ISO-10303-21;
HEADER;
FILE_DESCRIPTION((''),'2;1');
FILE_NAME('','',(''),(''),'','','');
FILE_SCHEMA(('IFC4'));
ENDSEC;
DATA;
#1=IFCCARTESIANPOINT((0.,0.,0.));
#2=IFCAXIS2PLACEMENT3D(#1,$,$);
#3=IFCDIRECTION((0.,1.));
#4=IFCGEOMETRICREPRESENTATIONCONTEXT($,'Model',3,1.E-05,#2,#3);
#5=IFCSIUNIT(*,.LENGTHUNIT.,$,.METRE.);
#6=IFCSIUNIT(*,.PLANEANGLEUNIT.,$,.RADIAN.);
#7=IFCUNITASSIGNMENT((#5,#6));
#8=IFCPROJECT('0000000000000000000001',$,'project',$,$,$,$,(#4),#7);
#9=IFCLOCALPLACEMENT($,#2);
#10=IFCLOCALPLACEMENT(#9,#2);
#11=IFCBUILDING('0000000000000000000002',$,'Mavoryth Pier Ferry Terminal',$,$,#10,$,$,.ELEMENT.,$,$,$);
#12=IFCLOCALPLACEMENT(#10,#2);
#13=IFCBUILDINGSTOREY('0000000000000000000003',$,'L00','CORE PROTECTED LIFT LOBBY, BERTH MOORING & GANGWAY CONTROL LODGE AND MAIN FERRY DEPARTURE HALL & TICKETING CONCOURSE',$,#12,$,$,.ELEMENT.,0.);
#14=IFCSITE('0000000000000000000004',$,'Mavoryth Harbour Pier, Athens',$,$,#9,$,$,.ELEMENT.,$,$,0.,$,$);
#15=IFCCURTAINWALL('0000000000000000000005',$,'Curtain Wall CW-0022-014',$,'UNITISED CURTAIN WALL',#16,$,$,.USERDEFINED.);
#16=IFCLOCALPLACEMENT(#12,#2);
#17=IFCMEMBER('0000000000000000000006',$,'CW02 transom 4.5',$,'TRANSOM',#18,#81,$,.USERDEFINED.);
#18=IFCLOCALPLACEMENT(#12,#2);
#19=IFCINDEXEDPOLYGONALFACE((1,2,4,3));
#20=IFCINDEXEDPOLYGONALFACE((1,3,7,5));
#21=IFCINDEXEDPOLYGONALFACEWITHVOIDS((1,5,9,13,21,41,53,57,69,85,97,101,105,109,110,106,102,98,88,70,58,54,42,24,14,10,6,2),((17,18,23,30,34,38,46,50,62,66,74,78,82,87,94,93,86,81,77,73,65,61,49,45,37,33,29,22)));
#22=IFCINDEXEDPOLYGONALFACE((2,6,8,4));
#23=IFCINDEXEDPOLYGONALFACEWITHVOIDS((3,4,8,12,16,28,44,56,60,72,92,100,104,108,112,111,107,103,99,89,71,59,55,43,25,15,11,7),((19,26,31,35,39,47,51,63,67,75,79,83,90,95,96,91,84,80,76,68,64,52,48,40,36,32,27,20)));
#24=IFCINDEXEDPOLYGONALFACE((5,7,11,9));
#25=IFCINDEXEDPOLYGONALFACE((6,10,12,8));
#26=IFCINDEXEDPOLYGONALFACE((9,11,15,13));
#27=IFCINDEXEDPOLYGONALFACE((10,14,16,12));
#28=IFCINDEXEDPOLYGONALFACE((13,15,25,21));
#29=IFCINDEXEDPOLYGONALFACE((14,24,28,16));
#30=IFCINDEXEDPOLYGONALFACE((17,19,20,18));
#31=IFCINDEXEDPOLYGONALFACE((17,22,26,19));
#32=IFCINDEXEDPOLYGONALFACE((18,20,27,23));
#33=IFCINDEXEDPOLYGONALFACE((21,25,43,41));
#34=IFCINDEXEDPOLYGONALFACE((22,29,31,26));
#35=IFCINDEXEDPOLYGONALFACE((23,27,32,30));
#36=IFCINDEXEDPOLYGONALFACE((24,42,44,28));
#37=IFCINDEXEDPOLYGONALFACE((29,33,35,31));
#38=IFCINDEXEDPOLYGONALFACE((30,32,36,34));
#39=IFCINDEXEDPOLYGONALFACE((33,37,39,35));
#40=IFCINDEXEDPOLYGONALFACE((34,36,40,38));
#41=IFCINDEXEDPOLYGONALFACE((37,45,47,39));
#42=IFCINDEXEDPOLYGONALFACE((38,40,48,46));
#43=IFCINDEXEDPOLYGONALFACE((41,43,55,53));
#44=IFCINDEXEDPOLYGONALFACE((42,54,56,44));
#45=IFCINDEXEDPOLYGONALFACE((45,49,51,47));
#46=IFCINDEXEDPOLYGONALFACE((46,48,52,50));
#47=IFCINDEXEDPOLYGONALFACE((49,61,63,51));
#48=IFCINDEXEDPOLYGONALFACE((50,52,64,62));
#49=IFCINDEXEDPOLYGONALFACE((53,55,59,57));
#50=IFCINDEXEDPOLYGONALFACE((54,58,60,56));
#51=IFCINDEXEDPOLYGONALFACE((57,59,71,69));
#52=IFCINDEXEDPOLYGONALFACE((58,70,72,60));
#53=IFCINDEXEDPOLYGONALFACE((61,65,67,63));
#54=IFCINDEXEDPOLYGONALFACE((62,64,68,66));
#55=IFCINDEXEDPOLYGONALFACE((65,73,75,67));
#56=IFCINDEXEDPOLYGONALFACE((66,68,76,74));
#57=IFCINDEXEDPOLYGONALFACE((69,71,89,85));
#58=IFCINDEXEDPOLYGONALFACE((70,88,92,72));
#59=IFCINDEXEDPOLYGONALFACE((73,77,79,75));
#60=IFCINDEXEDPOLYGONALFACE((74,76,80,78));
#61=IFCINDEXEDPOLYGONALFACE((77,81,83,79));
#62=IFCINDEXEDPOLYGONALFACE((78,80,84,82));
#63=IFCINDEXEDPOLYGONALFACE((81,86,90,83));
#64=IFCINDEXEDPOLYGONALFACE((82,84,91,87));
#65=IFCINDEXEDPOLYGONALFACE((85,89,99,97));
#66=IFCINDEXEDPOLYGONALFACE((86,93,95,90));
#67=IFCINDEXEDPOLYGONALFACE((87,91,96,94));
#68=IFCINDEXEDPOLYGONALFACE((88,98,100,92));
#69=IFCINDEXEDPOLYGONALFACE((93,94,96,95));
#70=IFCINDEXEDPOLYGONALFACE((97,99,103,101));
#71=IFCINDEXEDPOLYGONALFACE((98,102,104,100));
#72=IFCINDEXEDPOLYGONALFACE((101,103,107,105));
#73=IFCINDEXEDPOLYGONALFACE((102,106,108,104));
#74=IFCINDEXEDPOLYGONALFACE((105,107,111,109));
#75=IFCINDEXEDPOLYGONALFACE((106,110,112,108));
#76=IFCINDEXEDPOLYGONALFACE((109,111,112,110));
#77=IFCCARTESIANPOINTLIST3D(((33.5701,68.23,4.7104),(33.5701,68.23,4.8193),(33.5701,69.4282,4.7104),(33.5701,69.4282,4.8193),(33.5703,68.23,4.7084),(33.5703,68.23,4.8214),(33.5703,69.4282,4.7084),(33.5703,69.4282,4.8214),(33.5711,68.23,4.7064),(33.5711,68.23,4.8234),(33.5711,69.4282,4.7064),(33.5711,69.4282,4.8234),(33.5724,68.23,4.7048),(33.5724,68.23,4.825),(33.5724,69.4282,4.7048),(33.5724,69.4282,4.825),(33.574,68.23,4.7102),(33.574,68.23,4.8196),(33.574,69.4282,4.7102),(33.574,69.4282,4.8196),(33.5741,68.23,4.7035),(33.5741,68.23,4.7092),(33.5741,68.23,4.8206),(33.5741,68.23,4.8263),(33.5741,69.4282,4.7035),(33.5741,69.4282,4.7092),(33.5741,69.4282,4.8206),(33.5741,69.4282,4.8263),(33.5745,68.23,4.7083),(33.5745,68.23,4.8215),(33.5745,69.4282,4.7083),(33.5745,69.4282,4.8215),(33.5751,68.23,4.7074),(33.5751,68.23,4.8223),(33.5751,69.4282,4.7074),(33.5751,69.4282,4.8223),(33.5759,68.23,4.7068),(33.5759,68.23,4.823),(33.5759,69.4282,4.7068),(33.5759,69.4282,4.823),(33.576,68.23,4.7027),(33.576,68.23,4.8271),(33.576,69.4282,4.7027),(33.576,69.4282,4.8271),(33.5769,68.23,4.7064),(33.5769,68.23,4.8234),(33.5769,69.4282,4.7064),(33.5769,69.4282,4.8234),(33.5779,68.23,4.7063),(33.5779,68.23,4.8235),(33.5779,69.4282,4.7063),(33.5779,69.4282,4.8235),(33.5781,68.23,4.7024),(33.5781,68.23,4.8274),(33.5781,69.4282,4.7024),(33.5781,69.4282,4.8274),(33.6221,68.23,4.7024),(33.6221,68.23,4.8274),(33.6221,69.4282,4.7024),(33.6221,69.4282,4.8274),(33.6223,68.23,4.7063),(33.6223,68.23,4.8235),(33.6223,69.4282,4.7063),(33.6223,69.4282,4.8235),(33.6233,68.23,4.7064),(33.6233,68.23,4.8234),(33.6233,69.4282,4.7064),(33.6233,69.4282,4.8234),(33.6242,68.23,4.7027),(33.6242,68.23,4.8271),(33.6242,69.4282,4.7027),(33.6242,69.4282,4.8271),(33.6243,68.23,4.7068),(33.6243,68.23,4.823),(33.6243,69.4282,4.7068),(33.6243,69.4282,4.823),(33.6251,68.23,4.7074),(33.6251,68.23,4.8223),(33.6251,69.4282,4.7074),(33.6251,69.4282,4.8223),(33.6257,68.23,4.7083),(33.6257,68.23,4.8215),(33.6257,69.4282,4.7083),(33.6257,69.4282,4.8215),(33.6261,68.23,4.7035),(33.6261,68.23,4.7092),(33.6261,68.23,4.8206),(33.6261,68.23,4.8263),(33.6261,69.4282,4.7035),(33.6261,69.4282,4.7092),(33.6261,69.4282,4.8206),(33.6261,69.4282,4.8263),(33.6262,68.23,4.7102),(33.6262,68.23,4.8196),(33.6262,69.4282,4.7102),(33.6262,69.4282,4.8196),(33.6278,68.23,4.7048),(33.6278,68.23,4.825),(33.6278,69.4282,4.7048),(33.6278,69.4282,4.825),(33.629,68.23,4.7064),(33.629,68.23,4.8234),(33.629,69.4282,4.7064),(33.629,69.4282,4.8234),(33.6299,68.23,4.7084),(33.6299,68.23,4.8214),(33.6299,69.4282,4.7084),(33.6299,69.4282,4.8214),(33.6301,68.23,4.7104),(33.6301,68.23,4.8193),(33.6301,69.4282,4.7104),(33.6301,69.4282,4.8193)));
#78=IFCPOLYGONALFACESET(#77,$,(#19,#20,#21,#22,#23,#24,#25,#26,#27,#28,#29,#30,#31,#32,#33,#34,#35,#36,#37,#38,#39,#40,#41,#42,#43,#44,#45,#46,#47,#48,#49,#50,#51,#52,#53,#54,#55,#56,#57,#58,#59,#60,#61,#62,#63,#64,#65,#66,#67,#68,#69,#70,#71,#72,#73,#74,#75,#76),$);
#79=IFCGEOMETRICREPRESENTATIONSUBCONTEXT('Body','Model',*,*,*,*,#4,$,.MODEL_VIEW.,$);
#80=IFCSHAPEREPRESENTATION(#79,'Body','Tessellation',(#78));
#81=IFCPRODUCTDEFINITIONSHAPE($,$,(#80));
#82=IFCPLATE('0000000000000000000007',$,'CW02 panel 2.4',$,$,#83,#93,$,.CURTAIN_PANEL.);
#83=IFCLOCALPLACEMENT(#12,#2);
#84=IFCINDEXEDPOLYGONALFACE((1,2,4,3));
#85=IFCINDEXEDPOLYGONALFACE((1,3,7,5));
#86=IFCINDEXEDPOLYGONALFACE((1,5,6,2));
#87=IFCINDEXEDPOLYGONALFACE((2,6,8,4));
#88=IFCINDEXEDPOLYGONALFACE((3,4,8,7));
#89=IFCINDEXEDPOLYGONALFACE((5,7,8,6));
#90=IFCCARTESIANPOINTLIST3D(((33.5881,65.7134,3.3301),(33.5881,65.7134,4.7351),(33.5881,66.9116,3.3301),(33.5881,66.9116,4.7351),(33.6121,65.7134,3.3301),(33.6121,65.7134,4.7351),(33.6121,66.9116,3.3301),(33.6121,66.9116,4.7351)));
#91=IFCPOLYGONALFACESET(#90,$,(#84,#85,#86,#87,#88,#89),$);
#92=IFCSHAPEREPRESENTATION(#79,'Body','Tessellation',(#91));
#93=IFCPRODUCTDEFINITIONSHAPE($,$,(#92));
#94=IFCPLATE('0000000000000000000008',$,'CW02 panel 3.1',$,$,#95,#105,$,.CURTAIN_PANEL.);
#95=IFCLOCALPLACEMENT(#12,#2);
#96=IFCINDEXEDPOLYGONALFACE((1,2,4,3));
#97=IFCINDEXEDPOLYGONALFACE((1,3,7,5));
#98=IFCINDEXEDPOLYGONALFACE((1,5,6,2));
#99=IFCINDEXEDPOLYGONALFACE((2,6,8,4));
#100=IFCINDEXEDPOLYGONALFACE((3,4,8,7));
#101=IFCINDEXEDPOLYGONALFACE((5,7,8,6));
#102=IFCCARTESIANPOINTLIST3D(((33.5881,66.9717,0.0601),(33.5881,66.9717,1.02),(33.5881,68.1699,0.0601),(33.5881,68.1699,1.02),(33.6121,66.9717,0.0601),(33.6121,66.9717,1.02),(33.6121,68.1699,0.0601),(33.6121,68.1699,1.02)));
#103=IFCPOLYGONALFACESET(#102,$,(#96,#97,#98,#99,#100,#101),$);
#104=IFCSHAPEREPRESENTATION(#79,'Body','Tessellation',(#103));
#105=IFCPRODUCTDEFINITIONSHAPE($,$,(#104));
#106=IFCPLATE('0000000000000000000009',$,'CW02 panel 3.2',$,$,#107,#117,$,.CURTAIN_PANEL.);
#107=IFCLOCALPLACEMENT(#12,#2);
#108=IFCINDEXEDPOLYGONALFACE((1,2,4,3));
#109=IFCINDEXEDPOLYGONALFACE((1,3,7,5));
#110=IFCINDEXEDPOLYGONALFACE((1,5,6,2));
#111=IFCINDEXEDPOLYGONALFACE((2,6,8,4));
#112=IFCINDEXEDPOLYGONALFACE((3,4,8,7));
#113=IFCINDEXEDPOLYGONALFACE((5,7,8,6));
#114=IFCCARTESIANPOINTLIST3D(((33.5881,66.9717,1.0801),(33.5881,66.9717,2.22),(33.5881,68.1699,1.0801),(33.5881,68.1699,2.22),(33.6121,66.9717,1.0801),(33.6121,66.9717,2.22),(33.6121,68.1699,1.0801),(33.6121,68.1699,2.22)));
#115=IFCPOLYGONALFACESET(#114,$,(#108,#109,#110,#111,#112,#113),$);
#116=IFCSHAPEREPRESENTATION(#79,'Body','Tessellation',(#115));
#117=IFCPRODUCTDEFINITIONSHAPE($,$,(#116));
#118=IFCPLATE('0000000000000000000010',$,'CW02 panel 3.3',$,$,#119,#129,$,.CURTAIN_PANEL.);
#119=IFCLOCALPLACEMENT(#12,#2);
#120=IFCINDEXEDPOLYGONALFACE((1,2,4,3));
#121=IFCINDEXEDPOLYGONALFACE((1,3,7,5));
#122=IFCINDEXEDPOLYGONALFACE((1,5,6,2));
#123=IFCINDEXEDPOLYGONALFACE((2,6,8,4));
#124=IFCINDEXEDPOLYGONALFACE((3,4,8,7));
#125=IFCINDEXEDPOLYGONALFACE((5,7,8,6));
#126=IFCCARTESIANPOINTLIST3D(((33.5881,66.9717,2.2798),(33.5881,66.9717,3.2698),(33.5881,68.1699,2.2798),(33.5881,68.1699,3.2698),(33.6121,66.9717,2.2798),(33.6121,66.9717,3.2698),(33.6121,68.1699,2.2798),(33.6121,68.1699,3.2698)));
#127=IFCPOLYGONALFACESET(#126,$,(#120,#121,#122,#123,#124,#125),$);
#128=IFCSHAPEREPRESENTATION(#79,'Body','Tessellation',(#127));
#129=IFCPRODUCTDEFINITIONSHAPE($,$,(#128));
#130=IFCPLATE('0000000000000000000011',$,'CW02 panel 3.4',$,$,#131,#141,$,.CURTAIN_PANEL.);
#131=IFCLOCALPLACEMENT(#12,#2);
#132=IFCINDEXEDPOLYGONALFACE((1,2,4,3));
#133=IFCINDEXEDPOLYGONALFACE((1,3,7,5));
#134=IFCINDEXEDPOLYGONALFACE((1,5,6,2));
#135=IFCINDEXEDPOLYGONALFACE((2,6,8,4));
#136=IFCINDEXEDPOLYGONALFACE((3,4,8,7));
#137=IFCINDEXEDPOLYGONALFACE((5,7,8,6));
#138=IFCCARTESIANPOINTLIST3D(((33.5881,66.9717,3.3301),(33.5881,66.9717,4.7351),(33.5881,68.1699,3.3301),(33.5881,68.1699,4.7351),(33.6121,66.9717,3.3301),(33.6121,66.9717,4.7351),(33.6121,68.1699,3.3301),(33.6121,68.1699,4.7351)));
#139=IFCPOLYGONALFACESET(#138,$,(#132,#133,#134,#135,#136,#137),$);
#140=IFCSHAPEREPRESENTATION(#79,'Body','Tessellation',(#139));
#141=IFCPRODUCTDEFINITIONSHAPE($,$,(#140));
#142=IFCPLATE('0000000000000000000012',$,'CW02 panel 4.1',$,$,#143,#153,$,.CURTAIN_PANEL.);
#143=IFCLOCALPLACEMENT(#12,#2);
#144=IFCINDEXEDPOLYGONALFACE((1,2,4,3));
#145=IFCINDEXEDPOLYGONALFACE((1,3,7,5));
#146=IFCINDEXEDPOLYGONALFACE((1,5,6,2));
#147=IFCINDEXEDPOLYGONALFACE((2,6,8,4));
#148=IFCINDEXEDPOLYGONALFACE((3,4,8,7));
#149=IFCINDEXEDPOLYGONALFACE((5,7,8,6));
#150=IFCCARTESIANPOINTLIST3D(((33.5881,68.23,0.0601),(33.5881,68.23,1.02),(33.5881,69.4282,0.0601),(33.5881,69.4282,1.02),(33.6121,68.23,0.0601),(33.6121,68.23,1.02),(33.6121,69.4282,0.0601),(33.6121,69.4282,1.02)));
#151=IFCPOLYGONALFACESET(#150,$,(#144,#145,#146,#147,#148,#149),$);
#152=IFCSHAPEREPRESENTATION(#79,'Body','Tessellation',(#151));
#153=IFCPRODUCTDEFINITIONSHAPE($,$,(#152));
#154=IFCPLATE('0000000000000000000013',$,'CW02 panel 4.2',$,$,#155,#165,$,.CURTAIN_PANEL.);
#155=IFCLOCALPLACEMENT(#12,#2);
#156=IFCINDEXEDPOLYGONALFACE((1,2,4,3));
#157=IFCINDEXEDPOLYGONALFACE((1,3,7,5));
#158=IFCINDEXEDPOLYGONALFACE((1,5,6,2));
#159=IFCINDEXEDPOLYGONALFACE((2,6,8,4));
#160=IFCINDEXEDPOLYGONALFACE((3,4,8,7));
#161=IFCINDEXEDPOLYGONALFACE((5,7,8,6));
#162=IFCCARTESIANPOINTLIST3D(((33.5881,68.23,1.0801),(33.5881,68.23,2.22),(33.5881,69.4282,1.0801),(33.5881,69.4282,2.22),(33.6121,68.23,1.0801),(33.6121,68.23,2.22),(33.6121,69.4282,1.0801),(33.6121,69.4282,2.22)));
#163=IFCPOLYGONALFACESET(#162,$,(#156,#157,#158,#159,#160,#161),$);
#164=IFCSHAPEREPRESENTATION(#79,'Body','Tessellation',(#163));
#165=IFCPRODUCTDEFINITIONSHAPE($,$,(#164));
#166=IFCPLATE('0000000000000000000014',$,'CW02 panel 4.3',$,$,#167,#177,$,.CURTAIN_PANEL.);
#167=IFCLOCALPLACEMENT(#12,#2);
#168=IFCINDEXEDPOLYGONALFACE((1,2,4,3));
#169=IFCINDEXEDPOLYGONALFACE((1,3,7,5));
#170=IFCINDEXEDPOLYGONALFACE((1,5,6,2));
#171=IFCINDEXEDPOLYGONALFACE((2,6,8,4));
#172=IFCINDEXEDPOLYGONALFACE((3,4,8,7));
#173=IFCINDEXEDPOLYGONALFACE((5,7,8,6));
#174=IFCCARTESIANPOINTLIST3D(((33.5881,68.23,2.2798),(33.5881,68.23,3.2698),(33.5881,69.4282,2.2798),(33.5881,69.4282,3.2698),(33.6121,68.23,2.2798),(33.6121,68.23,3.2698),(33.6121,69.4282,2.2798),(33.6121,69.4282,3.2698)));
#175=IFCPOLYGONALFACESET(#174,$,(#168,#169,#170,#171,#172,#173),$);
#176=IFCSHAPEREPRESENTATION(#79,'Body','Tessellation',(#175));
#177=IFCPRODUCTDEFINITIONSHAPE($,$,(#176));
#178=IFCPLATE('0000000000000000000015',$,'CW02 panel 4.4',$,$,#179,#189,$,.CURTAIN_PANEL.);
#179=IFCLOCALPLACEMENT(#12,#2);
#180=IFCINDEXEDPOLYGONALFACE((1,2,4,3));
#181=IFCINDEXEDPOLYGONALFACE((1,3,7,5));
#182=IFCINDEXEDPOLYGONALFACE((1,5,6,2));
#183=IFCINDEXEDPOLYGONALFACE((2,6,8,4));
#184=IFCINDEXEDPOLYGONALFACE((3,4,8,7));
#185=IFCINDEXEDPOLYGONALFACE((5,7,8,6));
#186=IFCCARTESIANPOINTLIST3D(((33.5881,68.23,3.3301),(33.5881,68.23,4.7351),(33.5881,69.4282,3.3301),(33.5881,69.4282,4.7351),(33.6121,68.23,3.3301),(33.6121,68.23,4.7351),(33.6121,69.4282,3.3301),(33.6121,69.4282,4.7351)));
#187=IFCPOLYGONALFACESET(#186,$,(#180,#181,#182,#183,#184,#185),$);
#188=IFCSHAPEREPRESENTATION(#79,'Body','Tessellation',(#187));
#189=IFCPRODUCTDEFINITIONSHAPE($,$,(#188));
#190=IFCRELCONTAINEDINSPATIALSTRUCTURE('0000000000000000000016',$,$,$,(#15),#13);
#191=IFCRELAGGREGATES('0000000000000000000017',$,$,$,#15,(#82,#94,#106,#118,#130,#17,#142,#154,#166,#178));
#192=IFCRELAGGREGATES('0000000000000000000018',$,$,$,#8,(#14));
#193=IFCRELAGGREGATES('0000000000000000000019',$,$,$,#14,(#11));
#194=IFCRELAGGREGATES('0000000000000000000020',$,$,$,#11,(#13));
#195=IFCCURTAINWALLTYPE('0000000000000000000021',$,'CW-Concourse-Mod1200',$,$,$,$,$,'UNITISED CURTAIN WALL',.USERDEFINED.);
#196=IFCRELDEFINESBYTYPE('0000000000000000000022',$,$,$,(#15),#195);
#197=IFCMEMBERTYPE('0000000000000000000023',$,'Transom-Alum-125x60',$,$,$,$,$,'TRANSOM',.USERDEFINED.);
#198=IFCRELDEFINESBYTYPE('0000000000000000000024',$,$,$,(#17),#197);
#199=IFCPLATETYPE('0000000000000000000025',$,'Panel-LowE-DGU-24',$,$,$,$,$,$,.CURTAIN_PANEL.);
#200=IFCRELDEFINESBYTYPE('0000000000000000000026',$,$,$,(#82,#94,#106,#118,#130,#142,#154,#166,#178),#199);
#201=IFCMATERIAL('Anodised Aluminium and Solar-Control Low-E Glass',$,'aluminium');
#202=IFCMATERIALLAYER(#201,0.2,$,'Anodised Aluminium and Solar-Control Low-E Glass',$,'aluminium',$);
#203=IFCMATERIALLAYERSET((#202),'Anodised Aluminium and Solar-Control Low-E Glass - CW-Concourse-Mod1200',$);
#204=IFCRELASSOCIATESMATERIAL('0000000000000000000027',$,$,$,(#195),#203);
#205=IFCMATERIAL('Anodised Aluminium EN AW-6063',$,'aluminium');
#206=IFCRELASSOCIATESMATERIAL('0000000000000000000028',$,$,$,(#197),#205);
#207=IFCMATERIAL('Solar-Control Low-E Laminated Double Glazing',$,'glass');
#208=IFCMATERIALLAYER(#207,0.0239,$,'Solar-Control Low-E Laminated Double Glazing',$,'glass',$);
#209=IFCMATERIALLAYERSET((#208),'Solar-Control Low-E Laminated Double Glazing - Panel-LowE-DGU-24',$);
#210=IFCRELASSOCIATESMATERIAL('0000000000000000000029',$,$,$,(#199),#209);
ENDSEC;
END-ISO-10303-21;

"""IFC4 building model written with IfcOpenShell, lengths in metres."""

from ifc_helpers import new_model, si_unit, direction, frame, origin, origin_2d, place, context, subcontext, project, spatial, rectangle, hollow_rectangle, extrude, material, layer, layer_set, material_profile, profile_set, type_object, element, aggregate, save


model = new_model("IFC4")

# Units and contexts
model_context = context("Model", 3, precision=1e-05, world=origin(), true_north=direction((0.0, 1.0)))
body_context = subcontext(model_context, "Body", "Model", "MODEL_VIEW")
ifc_project = project(units=[si_unit("LENGTHUNIT", "METRE"), si_unit("PLANEANGLEUNIT", "RADIAN")], contexts=[model_context])

# Site, building, storey
site_placement = place(None, origin())
site = spatial("IfcSite", under=ifc_project, at=site_placement, Name="Mavoryth Harbour Pier, Athens", CompositionType="ELEMENT", RefElevation=0.0)
building_placement = place(site_placement, origin())
building = spatial("IfcBuilding", under=site, at=building_placement, Name="Mavoryth Pier Ferry Terminal", CompositionType="ELEMENT")
storey_placement = place(building_placement, origin())
storey = spatial("IfcBuildingStorey", under=building, at=storey_placement, Name="L00", Description="CORE PROTECTED LIFT LOBBY, BERTH MOORING & GANGWAY CONTROL LODGE AND MAIN FERRY DEPARTURE HALL & TICKETING CONCOURSE", CompositionType="ELEMENT", Elevation=0.0)

# Curtain wall, member, plates
ifc_material_1 = material(Name="Anodised Aluminium and Solar-Control Low-E Glass", Category="aluminium")
ifc_layer_1 = layer(ifc_material_1, 0.2, Name="Anodised Aluminium and Solar-Control Low-E Glass", Category="aluminium")
ifc_layer_set_1 = layer_set([ifc_layer_1], Name="Anodised Aluminium and Solar-Control Low-E Glass - CW-Concourse-Mod1200")
curtain_wall_type = type_object("IfcCurtainWallType", Name="CW-Concourse-Mod1200", ElementType="UNITISED CURTAIN WALL", PredefinedType="USERDEFINED", material=ifc_layer_set_1)
curtain_wall_placement = place(storey_placement, origin())
curtain_wall = element("IfcCurtainWall", 1, at=curtain_wall_placement, inside=storey, type_object=curtain_wall_type, Name="Curtain Wall CW-0022-014", ObjectType="UNITISED CURTAIN WALL", PredefinedType="USERDEFINED")
ifc_material_2 = material(Name="Anodised Aluminium EN AW-6063", Category="aluminium")
ifc_material_profile_1 = material_profile(ifc_material_2, hollow_rectangle(XDim=0.0601, YDim=0.125, WallThickness=0.0039, InnerFilletRadius=0.0039, OuterFilletRadius=0.0081, at=origin_2d()), Name="AL-TRAN 125x60x4", Category="aluminium")
ifc_profile_set_1 = profile_set([ifc_material_profile_1], Name="Anodised Aluminium EN AW-6063 - AL-TRAN 125x60x4")
member_type_1 = type_object("IfcMemberType", Name="Transom-Alum-125x60", ElementType="TRANSOM", PredefinedType="USERDEFINED", material=ifc_profile_set_1)
member_1_placement = place(storey_placement, frame((33.6001, 68.23, 4.7649), z_axis=(0.0, 1.0, 0.0), x_axis=(-1.0, 0.0, 0.0)))
member_1 = element("IfcMember", 2, at=member_1_placement, type_object=member_type_1, Name="CW02 transom 4.5", ObjectType="TRANSOM", PredefinedType="USERDEFINED", context=body_context, shape_type="SweptSolid", body=[
    extrude(hollow_rectangle(XDim=0.0601, YDim=0.125, WallThickness=0.0039, InnerFilletRadius=0.0039, OuterFilletRadius=0.0081, at=origin_2d()), origin(), (0.0, 0.0, 1.0), 1.1982),
])
ifc_material_3 = material(Name="Solar-Control Low-E Laminated Double Glazing", Category="glass")
ifc_layer_2 = layer(ifc_material_3, 0.0239, Name="Solar-Control Low-E Laminated Double Glazing", Category="glass")
ifc_layer_set_2 = layer_set([ifc_layer_2], Name="Solar-Control Low-E Laminated Double Glazing - Panel-LowE-DGU-24")
plate_type = type_object("IfcPlateType", Name="Panel-LowE-DGU-24", PredefinedType="CURTAIN_PANEL", material=ifc_layer_set_2)
plate_1_placement = place(storey_placement, frame((33.6001, 66.3125, 3.3301), z_axis=(0.0, 0.0, 1.0), x_axis=(0.0, 1.0, 0.0)))
plate_1 = element("IfcPlate", 3, at=plate_1_placement, type_object=plate_type, Name="CW02 panel 2.4", PredefinedType="CURTAIN_PANEL", context=body_context, shape_type="SweptSolid", body=[
    extrude(rectangle(XDim=1.1982, YDim=0.0239, at=origin_2d()), origin(), (0.0, 0.0, 1.0), 1.405),
])
plate_2_placement = place(storey_placement, frame((33.6001, 67.5708, 0.0601), z_axis=(0.0, 0.0, 1.0), x_axis=(0.0, 1.0, 0.0)))
plate_2 = element("IfcPlate", 4, at=plate_2_placement, type_object=plate_type, Name="CW02 panel 3.1", PredefinedType="CURTAIN_PANEL", context=body_context, shape_type="SweptSolid", body=[
    extrude(rectangle(XDim=1.1982, YDim=0.0239, at=origin_2d()), origin(), (0.0, 0.0, 1.0), 0.96),
])
plate_3_placement = place(storey_placement, frame((33.6001, 67.5708, 1.0801), z_axis=(0.0, 0.0, 1.0), x_axis=(0.0, 1.0, 0.0)))
plate_3 = element("IfcPlate", 5, at=plate_3_placement, type_object=plate_type, Name="CW02 panel 3.2", PredefinedType="CURTAIN_PANEL", context=body_context, shape_type="SweptSolid", body=[
    extrude(rectangle(XDim=1.1982, YDim=0.0239, at=origin_2d()), origin(), (0.0, 0.0, 1.0), 1.1399),
])
plate_4_placement = place(storey_placement, frame((33.6001, 67.5708, 2.2798), z_axis=(0.0, 0.0, 1.0), x_axis=(0.0, 1.0, 0.0)))
plate_4 = element("IfcPlate", 6, at=plate_4_placement, type_object=plate_type, Name="CW02 panel 3.3", PredefinedType="CURTAIN_PANEL", context=body_context, shape_type="SweptSolid", body=[
    extrude(rectangle(XDim=1.1982, YDim=0.0239, at=origin_2d()), origin(), (0.0, 0.0, 1.0), 0.99),
])
plate_5_placement = place(storey_placement, frame((33.6001, 67.5708, 3.3301), z_axis=(0.0, 0.0, 1.0), x_axis=(0.0, 1.0, 0.0)))
plate_5 = element("IfcPlate", 7, at=plate_5_placement, type_object=plate_type, Name="CW02 panel 3.4", PredefinedType="CURTAIN_PANEL", context=body_context, shape_type="SweptSolid", body=[
    extrude(rectangle(XDim=1.1982, YDim=0.0239, at=origin_2d()), origin(), (0.0, 0.0, 1.0), 1.405),
])
plate_6_placement = place(storey_placement, frame((33.6001, 68.8291, 0.0601), z_axis=(0.0, 0.0, 1.0), x_axis=(0.0, 1.0, 0.0)))
plate_6 = element("IfcPlate", 8, at=plate_6_placement, type_object=plate_type, Name="CW02 panel 4.1", PredefinedType="CURTAIN_PANEL", context=body_context, shape_type="SweptSolid", body=[
    extrude(rectangle(XDim=1.1982, YDim=0.0239, at=origin_2d()), origin(), (0.0, 0.0, 1.0), 0.96),
])
plate_7_placement = place(storey_placement, frame((33.6001, 68.8291, 1.0801), z_axis=(0.0, 0.0, 1.0), x_axis=(0.0, 1.0, 0.0)))
plate_7 = element("IfcPlate", 9, at=plate_7_placement, type_object=plate_type, Name="CW02 panel 4.2", PredefinedType="CURTAIN_PANEL", context=body_context, shape_type="SweptSolid", body=[
    extrude(rectangle(XDim=1.1982, YDim=0.0239, at=origin_2d()), origin(), (0.0, 0.0, 1.0), 1.1399),
])
plate_8_placement = place(storey_placement, frame((33.6001, 68.8291, 2.2798), z_axis=(0.0, 0.0, 1.0), x_axis=(0.0, 1.0, 0.0)))
plate_8 = element("IfcPlate", 10, at=plate_8_placement, type_object=plate_type, Name="CW02 panel 4.3", PredefinedType="CURTAIN_PANEL", context=body_context, shape_type="SweptSolid", body=[
    extrude(rectangle(XDim=1.1982, YDim=0.0239, at=origin_2d()), origin(), (0.0, 0.0, 1.0), 0.99),
])
plate_9_placement = place(storey_placement, frame((33.6001, 68.8291, 3.3301), z_axis=(0.0, 0.0, 1.0), x_axis=(0.0, 1.0, 0.0)))
plate_9 = element("IfcPlate", 11, at=plate_9_placement, type_object=plate_type, Name="CW02 panel 4.4", PredefinedType="CURTAIN_PANEL", context=body_context, shape_type="SweptSolid", body=[
    extrude(rectangle(XDim=1.1982, YDim=0.0239, at=origin_2d()), origin(), (0.0, 0.0, 1.0), 1.405),
])
aggregate(curtain_wall, [plate_1, plate_2, plate_3, plate_4, plate_5, member_1, plate_6, plate_7, plate_8, plate_9])

save(model, "model.ifc")
